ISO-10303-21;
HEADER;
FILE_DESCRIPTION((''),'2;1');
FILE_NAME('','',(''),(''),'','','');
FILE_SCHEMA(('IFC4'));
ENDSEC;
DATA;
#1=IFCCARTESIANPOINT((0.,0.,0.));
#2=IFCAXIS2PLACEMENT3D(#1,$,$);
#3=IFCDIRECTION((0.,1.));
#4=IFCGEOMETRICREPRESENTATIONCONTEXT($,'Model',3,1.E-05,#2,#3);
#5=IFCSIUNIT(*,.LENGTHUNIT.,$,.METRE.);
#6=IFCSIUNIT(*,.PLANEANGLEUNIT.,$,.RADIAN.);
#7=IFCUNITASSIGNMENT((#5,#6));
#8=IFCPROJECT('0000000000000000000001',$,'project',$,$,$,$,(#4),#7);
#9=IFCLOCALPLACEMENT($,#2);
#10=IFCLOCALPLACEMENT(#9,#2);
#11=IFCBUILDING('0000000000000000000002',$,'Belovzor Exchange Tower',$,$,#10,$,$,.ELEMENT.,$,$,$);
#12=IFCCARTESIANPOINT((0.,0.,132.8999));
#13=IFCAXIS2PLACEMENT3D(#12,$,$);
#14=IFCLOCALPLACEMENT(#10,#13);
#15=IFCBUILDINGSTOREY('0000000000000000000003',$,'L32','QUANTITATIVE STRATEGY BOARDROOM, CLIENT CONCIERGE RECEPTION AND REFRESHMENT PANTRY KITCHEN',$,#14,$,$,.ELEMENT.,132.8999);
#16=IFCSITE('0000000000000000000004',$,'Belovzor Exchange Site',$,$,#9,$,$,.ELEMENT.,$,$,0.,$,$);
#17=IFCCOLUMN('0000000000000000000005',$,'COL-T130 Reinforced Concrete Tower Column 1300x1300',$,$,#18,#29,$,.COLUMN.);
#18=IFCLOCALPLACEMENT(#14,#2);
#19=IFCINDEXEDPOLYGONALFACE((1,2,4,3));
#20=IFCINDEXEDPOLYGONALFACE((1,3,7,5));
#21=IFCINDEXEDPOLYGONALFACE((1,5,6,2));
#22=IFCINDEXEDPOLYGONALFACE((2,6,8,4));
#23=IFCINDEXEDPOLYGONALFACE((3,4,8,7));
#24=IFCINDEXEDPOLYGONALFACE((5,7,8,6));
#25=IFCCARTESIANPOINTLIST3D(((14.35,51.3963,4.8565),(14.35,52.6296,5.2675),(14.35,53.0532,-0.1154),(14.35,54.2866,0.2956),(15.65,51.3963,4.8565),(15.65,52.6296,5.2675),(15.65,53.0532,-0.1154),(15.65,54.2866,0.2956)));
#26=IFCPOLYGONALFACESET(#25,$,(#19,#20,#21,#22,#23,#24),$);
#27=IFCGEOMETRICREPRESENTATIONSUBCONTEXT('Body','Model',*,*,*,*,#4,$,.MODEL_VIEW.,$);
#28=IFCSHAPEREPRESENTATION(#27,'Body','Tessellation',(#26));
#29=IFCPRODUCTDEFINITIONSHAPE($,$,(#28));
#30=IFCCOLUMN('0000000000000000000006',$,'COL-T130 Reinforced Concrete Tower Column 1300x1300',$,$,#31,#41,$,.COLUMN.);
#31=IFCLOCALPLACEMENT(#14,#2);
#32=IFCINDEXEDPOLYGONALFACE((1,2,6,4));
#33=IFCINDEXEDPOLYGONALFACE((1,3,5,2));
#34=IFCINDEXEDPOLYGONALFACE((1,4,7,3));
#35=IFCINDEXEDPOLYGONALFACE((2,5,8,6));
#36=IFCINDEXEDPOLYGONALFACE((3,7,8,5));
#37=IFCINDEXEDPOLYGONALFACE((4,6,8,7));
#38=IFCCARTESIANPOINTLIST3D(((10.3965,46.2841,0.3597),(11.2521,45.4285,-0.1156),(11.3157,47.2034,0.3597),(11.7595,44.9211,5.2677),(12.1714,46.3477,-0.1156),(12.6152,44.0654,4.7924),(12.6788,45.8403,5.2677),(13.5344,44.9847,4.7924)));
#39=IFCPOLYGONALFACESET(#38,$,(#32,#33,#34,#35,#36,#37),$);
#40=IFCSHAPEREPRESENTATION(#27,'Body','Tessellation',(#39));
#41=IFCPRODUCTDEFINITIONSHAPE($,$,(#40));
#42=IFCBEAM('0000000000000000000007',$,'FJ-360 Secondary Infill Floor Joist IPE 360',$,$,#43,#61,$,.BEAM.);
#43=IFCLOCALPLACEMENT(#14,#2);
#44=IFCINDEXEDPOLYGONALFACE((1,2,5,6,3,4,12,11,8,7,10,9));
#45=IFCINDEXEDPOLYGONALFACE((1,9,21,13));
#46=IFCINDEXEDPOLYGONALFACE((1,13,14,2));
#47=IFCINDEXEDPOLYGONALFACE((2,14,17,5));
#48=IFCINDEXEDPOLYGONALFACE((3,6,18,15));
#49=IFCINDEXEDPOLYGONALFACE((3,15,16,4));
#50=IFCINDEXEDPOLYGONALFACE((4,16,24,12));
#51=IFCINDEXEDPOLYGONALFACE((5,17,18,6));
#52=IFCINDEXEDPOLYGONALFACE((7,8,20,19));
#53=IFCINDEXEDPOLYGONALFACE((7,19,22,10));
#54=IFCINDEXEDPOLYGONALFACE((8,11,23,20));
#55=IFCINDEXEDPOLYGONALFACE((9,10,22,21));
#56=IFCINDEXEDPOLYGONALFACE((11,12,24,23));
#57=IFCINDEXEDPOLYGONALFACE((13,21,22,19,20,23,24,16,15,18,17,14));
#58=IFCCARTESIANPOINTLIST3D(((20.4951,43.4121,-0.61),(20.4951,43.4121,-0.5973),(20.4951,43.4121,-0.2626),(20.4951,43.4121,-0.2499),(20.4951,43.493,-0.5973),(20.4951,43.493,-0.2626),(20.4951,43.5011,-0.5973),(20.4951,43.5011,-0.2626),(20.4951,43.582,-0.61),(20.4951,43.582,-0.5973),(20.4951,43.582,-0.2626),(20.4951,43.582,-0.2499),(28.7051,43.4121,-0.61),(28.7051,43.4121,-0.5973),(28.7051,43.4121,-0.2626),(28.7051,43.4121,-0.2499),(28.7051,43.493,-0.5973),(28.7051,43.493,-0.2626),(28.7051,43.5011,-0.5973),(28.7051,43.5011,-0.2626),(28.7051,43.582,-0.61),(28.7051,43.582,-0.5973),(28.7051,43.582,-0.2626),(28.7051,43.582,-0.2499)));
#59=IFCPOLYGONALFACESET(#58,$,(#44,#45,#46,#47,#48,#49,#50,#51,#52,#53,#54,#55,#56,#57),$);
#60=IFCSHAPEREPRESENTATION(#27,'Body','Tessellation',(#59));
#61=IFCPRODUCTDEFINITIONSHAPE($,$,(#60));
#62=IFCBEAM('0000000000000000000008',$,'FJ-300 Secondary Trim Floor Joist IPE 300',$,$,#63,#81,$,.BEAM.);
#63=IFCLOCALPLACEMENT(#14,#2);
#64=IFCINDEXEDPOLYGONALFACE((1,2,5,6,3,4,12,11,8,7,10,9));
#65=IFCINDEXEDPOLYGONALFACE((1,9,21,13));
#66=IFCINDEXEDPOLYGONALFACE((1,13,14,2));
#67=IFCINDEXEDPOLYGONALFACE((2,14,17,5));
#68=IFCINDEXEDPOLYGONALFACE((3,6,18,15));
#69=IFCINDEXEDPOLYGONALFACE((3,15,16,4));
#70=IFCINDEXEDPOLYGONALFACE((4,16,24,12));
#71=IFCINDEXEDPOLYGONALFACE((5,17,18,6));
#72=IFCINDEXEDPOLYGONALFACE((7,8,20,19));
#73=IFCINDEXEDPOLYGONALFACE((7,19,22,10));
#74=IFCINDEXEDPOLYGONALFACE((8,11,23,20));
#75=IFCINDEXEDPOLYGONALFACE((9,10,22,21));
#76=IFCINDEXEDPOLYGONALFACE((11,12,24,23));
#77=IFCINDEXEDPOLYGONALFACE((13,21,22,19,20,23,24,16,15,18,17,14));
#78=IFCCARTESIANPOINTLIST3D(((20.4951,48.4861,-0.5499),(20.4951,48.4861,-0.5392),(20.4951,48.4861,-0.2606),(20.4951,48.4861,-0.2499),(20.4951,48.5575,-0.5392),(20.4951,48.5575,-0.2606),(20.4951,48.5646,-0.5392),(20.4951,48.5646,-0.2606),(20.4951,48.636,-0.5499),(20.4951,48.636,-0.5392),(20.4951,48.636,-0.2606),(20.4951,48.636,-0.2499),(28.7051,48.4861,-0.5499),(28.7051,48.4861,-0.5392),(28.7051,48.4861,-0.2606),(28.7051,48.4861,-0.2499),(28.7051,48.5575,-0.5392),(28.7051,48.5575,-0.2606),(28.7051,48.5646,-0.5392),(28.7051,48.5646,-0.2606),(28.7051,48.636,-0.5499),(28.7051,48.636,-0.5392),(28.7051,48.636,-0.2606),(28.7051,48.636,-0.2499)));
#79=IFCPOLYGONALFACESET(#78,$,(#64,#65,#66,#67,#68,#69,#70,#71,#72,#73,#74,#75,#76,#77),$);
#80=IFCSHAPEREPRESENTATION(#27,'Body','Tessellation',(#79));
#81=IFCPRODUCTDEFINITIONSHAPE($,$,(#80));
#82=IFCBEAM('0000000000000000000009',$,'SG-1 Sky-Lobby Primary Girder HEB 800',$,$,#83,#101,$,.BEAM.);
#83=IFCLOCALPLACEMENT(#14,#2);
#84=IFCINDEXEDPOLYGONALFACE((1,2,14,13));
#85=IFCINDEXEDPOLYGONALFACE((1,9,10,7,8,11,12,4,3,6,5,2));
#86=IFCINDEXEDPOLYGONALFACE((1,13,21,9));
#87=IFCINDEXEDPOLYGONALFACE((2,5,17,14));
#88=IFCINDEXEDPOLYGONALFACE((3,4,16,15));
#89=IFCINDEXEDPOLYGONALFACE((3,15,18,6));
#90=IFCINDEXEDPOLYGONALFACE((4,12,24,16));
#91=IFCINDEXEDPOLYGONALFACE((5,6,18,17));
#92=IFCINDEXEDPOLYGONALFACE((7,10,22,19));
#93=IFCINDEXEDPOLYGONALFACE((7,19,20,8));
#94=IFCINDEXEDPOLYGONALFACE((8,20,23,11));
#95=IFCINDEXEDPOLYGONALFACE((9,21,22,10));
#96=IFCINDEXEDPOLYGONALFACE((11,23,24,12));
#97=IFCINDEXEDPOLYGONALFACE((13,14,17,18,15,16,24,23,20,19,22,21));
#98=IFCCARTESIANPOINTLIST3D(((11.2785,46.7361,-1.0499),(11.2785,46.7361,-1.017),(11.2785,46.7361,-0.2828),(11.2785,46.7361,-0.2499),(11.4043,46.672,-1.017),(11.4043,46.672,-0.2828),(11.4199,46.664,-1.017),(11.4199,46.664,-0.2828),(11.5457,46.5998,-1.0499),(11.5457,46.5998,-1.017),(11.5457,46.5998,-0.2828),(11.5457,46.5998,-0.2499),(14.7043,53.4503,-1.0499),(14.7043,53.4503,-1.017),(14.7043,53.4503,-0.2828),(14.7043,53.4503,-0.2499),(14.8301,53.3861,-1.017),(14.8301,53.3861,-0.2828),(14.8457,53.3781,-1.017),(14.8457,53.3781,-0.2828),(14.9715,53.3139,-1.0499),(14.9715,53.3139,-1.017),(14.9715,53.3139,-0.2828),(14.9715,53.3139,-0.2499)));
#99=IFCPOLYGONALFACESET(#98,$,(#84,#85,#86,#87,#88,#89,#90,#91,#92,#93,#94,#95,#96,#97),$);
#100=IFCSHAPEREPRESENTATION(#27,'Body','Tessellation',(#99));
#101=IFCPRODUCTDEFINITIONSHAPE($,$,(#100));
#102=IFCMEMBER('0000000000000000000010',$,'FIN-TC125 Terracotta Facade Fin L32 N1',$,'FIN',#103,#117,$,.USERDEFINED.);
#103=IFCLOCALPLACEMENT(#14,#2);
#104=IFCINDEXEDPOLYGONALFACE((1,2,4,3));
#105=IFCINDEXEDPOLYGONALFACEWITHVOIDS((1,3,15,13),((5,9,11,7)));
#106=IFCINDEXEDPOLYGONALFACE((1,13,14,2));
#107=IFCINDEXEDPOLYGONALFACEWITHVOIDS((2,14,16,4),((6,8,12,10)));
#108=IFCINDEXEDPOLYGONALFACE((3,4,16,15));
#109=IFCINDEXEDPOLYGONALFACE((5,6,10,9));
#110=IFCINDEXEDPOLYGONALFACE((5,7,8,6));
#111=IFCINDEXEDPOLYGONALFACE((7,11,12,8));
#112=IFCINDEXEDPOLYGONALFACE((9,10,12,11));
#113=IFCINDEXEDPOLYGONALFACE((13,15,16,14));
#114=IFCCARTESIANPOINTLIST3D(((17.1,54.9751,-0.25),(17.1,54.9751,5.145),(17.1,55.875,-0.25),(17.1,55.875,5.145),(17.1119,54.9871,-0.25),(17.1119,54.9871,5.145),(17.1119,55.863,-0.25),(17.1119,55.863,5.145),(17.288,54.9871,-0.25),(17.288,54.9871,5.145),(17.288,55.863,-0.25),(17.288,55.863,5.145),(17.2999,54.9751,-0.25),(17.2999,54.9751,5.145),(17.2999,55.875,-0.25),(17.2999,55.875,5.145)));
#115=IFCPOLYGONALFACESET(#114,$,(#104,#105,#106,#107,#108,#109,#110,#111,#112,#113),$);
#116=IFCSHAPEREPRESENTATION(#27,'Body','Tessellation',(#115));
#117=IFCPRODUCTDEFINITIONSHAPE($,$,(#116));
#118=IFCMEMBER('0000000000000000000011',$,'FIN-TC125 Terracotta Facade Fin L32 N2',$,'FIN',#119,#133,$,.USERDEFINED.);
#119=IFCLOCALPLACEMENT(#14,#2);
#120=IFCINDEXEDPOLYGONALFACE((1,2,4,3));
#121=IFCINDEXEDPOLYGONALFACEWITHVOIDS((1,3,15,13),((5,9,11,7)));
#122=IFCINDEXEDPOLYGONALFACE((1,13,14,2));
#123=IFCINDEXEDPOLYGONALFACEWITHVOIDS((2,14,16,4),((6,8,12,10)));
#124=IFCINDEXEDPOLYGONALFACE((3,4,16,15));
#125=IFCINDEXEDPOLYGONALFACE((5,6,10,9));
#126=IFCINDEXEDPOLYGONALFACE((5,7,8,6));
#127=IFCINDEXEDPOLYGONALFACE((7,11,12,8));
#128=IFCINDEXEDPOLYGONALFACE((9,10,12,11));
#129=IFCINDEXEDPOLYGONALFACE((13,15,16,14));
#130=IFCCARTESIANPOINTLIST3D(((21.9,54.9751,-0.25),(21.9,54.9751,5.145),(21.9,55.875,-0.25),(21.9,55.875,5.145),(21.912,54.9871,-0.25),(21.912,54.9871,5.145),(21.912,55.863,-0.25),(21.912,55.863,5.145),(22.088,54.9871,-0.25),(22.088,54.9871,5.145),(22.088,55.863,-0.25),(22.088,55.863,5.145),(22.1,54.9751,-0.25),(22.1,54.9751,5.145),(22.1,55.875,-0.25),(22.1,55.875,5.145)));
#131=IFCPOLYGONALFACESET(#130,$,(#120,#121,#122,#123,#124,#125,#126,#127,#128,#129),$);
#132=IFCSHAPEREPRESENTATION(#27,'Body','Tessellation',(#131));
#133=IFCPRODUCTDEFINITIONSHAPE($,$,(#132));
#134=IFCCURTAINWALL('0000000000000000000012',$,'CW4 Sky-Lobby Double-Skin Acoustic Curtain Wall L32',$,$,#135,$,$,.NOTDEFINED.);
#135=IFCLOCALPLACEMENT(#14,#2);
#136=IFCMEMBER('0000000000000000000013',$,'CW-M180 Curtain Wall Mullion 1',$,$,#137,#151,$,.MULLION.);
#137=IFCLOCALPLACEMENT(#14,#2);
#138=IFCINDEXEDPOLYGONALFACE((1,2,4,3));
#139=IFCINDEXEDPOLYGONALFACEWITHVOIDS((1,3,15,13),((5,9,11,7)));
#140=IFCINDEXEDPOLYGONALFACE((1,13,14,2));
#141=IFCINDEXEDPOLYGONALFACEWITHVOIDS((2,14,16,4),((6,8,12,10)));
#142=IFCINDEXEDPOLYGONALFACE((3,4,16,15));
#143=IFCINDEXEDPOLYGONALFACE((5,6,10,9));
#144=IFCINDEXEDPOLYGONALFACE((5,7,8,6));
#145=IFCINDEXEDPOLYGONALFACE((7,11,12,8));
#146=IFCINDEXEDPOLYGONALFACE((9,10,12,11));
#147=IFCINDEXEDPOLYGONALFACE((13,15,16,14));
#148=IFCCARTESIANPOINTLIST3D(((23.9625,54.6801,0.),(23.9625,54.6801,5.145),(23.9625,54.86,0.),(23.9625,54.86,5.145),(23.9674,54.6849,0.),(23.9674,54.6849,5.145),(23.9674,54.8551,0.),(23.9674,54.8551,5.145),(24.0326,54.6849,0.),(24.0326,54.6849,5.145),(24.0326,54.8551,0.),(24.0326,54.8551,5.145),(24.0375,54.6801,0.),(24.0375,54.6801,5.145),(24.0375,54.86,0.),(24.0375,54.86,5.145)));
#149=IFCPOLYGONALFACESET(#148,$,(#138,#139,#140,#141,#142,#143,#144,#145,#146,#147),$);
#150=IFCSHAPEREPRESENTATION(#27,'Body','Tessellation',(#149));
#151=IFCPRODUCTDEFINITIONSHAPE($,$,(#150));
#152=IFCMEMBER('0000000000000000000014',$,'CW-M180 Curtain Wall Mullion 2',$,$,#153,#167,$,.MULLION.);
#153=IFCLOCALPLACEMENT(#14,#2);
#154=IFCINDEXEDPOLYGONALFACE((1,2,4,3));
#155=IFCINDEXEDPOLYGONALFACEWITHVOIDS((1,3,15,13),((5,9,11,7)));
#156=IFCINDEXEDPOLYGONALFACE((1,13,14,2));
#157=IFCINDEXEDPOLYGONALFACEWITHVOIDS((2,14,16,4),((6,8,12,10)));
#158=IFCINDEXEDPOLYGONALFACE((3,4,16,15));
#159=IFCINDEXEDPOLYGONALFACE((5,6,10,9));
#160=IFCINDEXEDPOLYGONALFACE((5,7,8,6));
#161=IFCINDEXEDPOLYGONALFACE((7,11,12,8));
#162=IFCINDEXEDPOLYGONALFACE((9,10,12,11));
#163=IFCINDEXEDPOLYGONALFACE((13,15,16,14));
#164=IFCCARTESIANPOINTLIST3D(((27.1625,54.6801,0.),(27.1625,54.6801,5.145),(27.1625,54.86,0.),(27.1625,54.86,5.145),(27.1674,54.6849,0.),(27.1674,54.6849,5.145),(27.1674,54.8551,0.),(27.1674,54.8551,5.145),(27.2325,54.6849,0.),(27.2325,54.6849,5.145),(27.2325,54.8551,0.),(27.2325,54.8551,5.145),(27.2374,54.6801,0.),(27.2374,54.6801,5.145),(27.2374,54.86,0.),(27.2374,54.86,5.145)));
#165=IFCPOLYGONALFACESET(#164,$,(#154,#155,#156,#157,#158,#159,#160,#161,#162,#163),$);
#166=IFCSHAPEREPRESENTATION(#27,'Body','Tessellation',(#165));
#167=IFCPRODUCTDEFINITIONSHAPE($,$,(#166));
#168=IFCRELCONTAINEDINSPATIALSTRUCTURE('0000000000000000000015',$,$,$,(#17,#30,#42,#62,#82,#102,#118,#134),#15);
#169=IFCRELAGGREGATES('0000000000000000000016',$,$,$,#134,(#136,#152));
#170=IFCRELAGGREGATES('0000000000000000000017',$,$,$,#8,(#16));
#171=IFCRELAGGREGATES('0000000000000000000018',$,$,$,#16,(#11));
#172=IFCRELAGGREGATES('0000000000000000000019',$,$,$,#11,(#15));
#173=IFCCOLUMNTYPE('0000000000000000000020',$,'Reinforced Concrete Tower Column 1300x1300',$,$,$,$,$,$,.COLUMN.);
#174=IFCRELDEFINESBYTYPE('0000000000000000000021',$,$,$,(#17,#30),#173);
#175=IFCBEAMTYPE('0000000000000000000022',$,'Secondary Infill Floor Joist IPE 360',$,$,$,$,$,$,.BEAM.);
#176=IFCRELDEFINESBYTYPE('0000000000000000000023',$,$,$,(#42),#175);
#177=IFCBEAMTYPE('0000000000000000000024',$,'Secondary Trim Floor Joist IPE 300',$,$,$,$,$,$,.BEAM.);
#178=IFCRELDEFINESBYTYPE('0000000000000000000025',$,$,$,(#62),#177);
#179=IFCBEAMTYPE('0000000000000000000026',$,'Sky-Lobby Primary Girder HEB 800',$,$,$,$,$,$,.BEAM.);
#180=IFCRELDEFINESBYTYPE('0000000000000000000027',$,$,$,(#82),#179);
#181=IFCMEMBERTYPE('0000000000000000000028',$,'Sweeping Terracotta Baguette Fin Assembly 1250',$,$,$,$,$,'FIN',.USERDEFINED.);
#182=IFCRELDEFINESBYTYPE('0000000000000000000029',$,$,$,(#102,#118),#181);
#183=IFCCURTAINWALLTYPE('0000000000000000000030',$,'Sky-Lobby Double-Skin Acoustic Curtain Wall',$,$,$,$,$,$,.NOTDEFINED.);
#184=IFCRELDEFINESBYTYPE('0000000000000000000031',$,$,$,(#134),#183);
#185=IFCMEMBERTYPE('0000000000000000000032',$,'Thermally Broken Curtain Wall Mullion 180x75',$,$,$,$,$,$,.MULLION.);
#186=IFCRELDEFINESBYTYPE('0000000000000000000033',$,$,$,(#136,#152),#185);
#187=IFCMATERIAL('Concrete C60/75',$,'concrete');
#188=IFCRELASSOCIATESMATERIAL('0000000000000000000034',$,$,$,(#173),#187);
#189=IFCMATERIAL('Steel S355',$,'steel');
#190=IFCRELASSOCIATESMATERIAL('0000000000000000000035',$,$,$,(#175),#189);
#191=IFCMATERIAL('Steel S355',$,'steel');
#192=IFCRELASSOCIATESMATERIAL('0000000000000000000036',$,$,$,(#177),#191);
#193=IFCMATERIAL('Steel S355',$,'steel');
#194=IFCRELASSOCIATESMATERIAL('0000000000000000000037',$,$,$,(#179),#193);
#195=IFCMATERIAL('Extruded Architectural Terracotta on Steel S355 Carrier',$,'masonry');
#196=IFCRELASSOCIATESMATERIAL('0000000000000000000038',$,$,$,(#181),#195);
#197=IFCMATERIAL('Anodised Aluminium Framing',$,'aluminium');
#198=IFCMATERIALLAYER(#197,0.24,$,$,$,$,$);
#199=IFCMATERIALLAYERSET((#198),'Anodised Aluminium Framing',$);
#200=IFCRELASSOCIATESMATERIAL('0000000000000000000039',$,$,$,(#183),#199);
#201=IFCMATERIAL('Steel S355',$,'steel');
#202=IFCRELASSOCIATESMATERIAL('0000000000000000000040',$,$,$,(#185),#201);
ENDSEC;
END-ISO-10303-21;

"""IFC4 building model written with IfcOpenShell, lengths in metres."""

from ifc_helpers import new_model, si_unit, direction, frame, origin, origin_2d, place, context, subcontext, project, spatial, rectangle, hollow_rectangle, i_section, extrude, material, layer, layer_set, material_profile, profile_set, type_object, element, aggregate, save


model = new_model("IFC4")

# Units and contexts
model_context = context("Model", 3, precision=1e-05, world=origin(), true_north=direction((0.0, 1.0)))
body_context = subcontext(model_context, "Body", "Model", "MODEL_VIEW")
ifc_project = project(units=[si_unit("LENGTHUNIT", "METRE"), si_unit("PLANEANGLEUNIT", "RADIAN")], contexts=[model_context])

# Site, building, storey
site_placement = place(None, origin())
site = spatial("IfcSite", under=ifc_project, at=site_placement, Name="Belovzor Exchange Site", CompositionType="ELEMENT", RefElevation=0.0)
building_placement = place(site_placement, origin())
building = spatial("IfcBuilding", under=site, at=building_placement, Name="Belovzor Exchange Tower", CompositionType="ELEMENT")
storey_placement = place(building_placement, frame((0.0, 0.0, 132.8999)))
storey = spatial("IfcBuildingStorey", under=building, at=storey_placement, Name="L32", Description="QUANTITATIVE STRATEGY BOARDROOM, CLIENT CONCIERGE RECEPTION AND REFRESHMENT PANTRY KITCHEN", CompositionType="ELEMENT", Elevation=132.8999)

# Columns
ifc_material_1 = material(Name="Concrete C60/75", Category="concrete")
ifc_material_profile_1 = material_profile(ifc_material_1, rectangle(XDim=1.3, YDim=1.3, at=origin_2d()))
ifc_profile_set_1 = profile_set([ifc_material_profile_1], Name="Concrete C60/75")
column_type = type_object("IfcColumnType", Name="Reinforced Concrete Tower Column 1300x1300", PredefinedType="COLUMN", material=ifc_profile_set_1)
column_1_placement = place(storey_placement, frame((15.0, 53.6699, 0.0901), z_axis=(0.0, -0.316172, 0.948702), x_axis=(1.0, 0.0, 0.0)))
element("IfcColumn", 1, at=column_1_placement, inside=storey, type_object=column_type, Name="COL-T130 Reinforced Concrete Tower Column 1300x1300", PredefinedType="COLUMN", context=body_context, shape_type="SweptSolid", body=[
    extrude(rectangle(XDim=1.3, YDim=1.3, at=origin_2d()), origin(), (0.0, 0.0, 1.0), 5.2407),
])
column_2_placement = place(storey_placement, frame((11.2839, 46.3159, 0.1221), z_axis=(0.258497, -0.258497, 0.930784), x_axis=(0.707107, 0.707107, 0.0)))
element("IfcColumn", 2, at=column_2_placement, inside=storey, type_object=column_type, Name="COL-T130 Reinforced Concrete Tower Column 1300x1300", PredefinedType="COLUMN", context=body_context, shape_type="SweptSolid", body=[
    extrude(rectangle(XDim=1.3, YDim=1.3, at=origin_2d()), origin(), (0.0, 0.0, 1.0), 5.2729),
])

# Beams
ifc_material_2 = material(Name="Steel S355", Category="steel")
ifc_material_profile_2 = material_profile(ifc_material_2, i_section(OverallWidth=0.1699, OverallDepth=0.3601, WebThickness=0.0081, FlangeThickness=0.0127, at=origin_2d()))
ifc_profile_set_2 = profile_set([ifc_material_profile_2], Name="Steel S355")
beam_type_1 = type_object("IfcBeamType", Name="Secondary Infill Floor Joist IPE 360", PredefinedType="BEAM", material=ifc_profile_set_2)
beam_1_placement = place(storey_placement, frame((20.4951, 43.4971, -0.4299), z_axis=(1.0, 0.0, 0.0), x_axis=(0.0, 1.0, 0.0)))
element("IfcBeam", 3, at=beam_1_placement, inside=storey, type_object=beam_type_1, Name="FJ-360 Secondary Infill Floor Joist IPE 360", PredefinedType="BEAM", context=body_context, shape_type="SweptSolid", body=[
    extrude(i_section(OverallWidth=0.1699, OverallDepth=0.3601, WebThickness=0.0081, FlangeThickness=0.0127, at=origin_2d()), origin(), (0.0, 0.0, 1.0), 8.21),
])
ifc_material_3 = material(Name="Steel S355", Category="steel")
ifc_material_profile_3 = material_profile(ifc_material_3, i_section(OverallWidth=0.1499, OverallDepth=0.3, WebThickness=0.0071, FlangeThickness=0.0107, at=origin_2d()))
ifc_profile_set_3 = profile_set([ifc_material_profile_3], Name="Steel S355")
beam_type_2 = type_object("IfcBeamType", Name="Secondary Trim Floor Joist IPE 300", PredefinedType="BEAM", material=ifc_profile_set_3)
beam_2_placement = place(storey_placement, frame((20.4951, 48.561, -0.3999), z_axis=(1.0, 0.0, 0.0), x_axis=(0.0, 1.0, 0.0)))
element("IfcBeam", 4, at=beam_2_placement, inside=storey, type_object=beam_type_2, Name="FJ-300 Secondary Trim Floor Joist IPE 300", PredefinedType="BEAM", context=body_context, shape_type="SweptSolid", body=[
    extrude(i_section(OverallWidth=0.1499, OverallDepth=0.3, WebThickness=0.0071, FlangeThickness=0.0107, at=origin_2d()), origin(), (0.0, 0.0, 1.0), 8.21),
])
ifc_material_4 = material(Name="Steel S355", Category="steel")
ifc_material_profile_4 = material_profile(ifc_material_4, i_section(OverallWidth=0.3, OverallDepth=0.8, WebThickness=0.0176, FlangeThickness=0.033, at=origin_2d()))
ifc_profile_set_4 = profile_set([ifc_material_profile_4], Name="Steel S355")
beam_type_3 = type_object("IfcBeamType", Name="Sky-Lobby Primary Girder HEB 800", PredefinedType="BEAM", material=ifc_profile_set_4)
beam_3_placement = place(storey_placement, frame((14.8379, 53.3821, -0.6499), z_axis=(-0.454493, -0.89075, 0.0), x_axis=(0.89075, -0.454493, 0.0)))
element("IfcBeam", 5, at=beam_3_placement, inside=storey, type_object=beam_type_3, Name="SG-1 Sky-Lobby Primary Girder HEB 800", PredefinedType="BEAM", context=body_context, shape_type="SweptSolid", body=[
    extrude(i_section(OverallWidth=0.3, OverallDepth=0.8, WebThickness=0.0176, FlangeThickness=0.033, at=origin_2d()), origin(), (0.0, 0.0, 1.0), 7.5376),
])

# Members
ifc_material_5 = material(Name="Extruded Architectural Terracotta on Steel S355 Carrier", Category="masonry")
ifc_material_profile_5 = material_profile(ifc_material_5, hollow_rectangle(XDim=0.2, YDim=0.8999, WallThickness=0.012, at=origin_2d()))
ifc_profile_set_5 = profile_set([ifc_material_profile_5], Name="Extruded Architectural Terracotta on Steel S355 Carrier")
member_type_1 = type_object("IfcMemberType", Name="Sweeping Terracotta Baguette Fin Assembly 1250", ElementType="FIN", PredefinedType="USERDEFINED", material=ifc_profile_set_5)
for number, where, z_axis, x_axis, name in (
    (6, (17.2, 55.425, -0.25), (0.0, 0.0, 1.0), (1.0, 0.0, 0.0), "FIN-TC125 Terracotta Facade Fin L32 N1"),
    (7, (22.0, 55.425, -0.25), (0.0, 0.0, 1.0), (1.0, 0.0, 0.0), "FIN-TC125 Terracotta Facade Fin L32 N2"),
):
    element("IfcMember", number, at=place(storey_placement, frame(where, z_axis=z_axis, x_axis=x_axis)), inside=storey, type_object=member_type_1, Name=name, ObjectType="FIN", PredefinedType="USERDEFINED", context=body_context, shape_type="SweptSolid", body=[
        extrude(hollow_rectangle(XDim=0.2, YDim=0.8999, WallThickness=0.012, at=origin_2d()), origin(), (0.0, 0.0, 1.0), 5.395),
    ])

# Curtain wall, members
ifc_material_6 = material(Name="Anodised Aluminium Framing", Category="aluminium")
ifc_layer_1 = layer(ifc_material_6, 0.24)
ifc_layer_set_1 = layer_set([ifc_layer_1], Name="Anodised Aluminium Framing")
curtain_wall_type = type_object("IfcCurtainWallType", Name="Sky-Lobby Double-Skin Acoustic Curtain Wall", PredefinedType="NOTDEFINED", material=ifc_layer_set_1)
curtain_wall_placement = place(storey_placement, origin())
curtain_wall = element("IfcCurtainWall", 8, at=curtain_wall_placement, inside=storey, type_object=curtain_wall_type, Name="CW4 Sky-Lobby Double-Skin Acoustic Curtain Wall L32", PredefinedType="NOTDEFINED")
ifc_material_7 = material(Name="Steel S355", Category="steel")
ifc_material_profile_6 = material_profile(ifc_material_7, hollow_rectangle(XDim=0.075, YDim=0.1799, WallThickness=0.0049, at=origin_2d()))
ifc_profile_set_6 = profile_set([ifc_material_profile_6], Name="Steel S355")
member_type_2 = type_object("IfcMemberType", Name="Thermally Broken Curtain Wall Mullion 180x75", PredefinedType="MULLION", material=ifc_profile_set_6)
member_1_placement = place(storey_placement, frame((24.0, 54.77, 0.0), z_axis=(0.0, 0.0, 1.0), x_axis=(1.0, 0.0, 0.0)))
member_1 = element("IfcMember", 9, at=member_1_placement, type_object=member_type_2, Name="CW-M180 Curtain Wall Mullion 1", PredefinedType="MULLION", context=body_context, shape_type="SweptSolid", body=[
    extrude(hollow_rectangle(XDim=0.075, YDim=0.1799, WallThickness=0.0049, at=origin_2d()), origin(), (0.0, 0.0, 1.0), 5.145),
])
member_2_placement = place(storey_placement, frame((27.2, 54.77, 0.0), z_axis=(0.0, 0.0, 1.0), x_axis=(1.0, 0.0, 0.0)))
member_2 = element("IfcMember", 10, at=member_2_placement, type_object=member_type_2, Name="CW-M180 Curtain Wall Mullion 2", PredefinedType="MULLION", context=body_context, shape_type="SweptSolid", body=[
    extrude(hollow_rectangle(XDim=0.075, YDim=0.1799, WallThickness=0.0049, at=origin_2d()), origin(), (0.0, 0.0, 1.0), 5.145),
])

aggregate(curtain_wall, [member_1, member_2])

save(model, "model.ifc")
